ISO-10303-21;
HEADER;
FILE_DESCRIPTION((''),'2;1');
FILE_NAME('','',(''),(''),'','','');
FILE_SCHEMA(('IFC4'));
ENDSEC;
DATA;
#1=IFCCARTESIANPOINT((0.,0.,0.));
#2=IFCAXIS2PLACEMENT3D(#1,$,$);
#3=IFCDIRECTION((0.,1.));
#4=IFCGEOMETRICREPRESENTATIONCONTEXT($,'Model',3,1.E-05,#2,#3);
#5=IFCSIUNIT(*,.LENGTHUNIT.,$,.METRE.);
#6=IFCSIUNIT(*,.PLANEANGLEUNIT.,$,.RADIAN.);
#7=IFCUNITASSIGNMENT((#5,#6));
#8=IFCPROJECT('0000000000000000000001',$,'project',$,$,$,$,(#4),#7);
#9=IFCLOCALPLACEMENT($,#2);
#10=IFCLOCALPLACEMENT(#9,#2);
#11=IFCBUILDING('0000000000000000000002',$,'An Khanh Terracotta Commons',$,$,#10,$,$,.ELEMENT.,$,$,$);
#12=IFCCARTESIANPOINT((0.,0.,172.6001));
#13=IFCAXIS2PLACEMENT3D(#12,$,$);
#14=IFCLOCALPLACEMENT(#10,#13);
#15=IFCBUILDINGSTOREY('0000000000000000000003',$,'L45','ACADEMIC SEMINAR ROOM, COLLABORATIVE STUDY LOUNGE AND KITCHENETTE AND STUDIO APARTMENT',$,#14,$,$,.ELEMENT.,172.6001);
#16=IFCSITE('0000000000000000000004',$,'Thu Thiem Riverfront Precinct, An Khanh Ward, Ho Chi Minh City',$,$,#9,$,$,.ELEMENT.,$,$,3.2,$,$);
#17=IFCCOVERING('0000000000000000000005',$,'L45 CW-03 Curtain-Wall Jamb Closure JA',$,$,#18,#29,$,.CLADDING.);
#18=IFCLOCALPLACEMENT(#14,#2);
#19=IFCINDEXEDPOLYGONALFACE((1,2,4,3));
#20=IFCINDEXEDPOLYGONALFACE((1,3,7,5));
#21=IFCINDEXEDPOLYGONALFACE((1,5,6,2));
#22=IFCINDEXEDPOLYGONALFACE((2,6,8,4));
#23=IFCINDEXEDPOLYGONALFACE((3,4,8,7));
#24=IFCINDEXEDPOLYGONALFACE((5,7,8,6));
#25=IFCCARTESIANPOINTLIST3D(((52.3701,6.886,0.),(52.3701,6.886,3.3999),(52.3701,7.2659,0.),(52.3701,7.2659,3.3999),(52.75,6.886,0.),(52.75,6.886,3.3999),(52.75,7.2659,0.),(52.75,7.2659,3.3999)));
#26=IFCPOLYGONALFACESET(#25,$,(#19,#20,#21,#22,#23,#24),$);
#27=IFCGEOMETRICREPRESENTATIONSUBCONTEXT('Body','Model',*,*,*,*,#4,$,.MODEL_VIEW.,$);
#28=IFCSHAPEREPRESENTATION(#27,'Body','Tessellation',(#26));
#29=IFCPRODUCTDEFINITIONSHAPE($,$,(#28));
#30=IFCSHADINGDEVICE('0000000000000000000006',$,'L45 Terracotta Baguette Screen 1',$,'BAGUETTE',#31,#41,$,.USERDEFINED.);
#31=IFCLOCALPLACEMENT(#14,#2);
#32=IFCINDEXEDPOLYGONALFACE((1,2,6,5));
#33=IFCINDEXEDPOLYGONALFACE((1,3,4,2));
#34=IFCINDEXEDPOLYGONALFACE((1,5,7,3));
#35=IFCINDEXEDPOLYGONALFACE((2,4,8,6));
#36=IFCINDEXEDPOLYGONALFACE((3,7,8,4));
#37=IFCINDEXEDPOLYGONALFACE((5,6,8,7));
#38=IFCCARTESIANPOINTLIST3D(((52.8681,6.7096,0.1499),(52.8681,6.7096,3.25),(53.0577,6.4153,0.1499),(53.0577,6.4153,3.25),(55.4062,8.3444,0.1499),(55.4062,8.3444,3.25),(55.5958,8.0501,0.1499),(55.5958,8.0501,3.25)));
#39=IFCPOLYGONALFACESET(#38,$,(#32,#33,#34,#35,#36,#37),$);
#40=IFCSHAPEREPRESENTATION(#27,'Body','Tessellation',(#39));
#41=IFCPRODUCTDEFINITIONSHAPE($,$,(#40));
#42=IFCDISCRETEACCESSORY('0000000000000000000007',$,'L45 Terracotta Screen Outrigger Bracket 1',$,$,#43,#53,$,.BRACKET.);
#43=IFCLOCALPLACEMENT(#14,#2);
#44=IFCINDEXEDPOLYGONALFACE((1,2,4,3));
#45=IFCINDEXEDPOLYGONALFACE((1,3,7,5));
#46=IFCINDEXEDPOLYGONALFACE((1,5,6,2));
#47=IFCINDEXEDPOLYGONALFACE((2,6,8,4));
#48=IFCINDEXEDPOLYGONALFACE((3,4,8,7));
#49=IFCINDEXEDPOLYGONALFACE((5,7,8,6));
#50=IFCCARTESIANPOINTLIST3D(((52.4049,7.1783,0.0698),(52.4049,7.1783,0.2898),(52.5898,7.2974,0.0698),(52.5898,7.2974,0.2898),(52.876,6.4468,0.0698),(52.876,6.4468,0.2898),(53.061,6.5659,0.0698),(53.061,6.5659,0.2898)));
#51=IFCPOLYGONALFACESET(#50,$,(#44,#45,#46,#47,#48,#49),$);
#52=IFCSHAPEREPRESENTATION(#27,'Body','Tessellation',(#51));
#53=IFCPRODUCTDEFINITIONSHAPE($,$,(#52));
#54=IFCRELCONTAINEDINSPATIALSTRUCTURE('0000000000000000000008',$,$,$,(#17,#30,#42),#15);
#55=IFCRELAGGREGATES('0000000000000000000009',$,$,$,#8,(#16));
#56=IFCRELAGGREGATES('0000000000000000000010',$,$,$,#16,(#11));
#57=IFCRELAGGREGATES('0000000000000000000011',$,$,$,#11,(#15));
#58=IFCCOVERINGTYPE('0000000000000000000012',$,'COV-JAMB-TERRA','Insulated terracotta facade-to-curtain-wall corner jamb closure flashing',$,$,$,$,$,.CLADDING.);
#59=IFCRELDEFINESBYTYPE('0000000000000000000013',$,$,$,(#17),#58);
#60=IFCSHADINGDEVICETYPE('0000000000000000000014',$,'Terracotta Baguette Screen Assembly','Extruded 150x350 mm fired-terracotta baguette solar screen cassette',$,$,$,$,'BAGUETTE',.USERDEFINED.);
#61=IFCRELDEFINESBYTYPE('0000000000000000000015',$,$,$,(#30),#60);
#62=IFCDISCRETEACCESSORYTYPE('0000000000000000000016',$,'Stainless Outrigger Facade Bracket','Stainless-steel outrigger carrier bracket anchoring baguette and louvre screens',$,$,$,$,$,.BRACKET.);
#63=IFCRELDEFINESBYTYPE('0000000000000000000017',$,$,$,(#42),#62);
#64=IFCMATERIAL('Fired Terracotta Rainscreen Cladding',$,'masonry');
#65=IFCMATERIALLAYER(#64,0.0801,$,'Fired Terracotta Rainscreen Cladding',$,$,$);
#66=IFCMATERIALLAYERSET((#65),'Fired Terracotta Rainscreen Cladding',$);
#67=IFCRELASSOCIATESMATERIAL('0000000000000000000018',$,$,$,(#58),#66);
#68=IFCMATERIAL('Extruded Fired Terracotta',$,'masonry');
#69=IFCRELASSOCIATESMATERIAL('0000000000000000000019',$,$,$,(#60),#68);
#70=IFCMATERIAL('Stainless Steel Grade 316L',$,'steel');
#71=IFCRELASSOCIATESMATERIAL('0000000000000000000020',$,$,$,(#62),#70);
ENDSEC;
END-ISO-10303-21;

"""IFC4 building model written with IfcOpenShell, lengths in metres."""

from ifc_helpers import new_model, si_unit, direction, frame, origin, origin_2d, place, context, subcontext, project, spatial, rectangle, extrude, material, layer, layer_set, type_object, element, save


model = new_model("IFC4")

# Units and contexts
model_context = context("Model", 3, precision=1e-05, world=origin(), true_north=direction((0.0, 1.0)))
body_context = subcontext(model_context, "Body", "Model", "MODEL_VIEW")
ifc_project = project(units=[si_unit("LENGTHUNIT", "METRE"), si_unit("PLANEANGLEUNIT", "RADIAN")], contexts=[model_context])

# Site, building, storey
site_placement = place(None, origin())
site = spatial("IfcSite", under=ifc_project, at=site_placement, Name="Thu Thiem Riverfront Precinct, An Khanh Ward, Ho Chi Minh City", CompositionType="ELEMENT", RefElevation=3.2)
building_placement = place(site_placement, origin())
building = spatial("IfcBuilding", under=site, at=building_placement, Name="An Khanh Terracotta Commons", CompositionType="ELEMENT")
storey_placement = place(building_placement, frame((0.0, 0.0, 172.6001)))
storey = spatial("IfcBuildingStorey", under=building, at=storey_placement, Name="L45", Description="ACADEMIC SEMINAR ROOM, COLLABORATIVE STUDY LOUNGE AND KITCHENETTE AND STUDIO APARTMENT", CompositionType="ELEMENT", Elevation=172.6001)

# Covering
ifc_material_1 = material(Name="Fired Terracotta Rainscreen Cladding", Category="masonry")
ifc_layer_1 = layer(ifc_material_1, 0.0801, Name="Fired Terracotta Rainscreen Cladding")
ifc_layer_set_1 = layer_set([ifc_layer_1], Name="Fired Terracotta Rainscreen Cladding")
covering_type = type_object("IfcCoveringType", Name="COV-JAMB-TERRA", Description="Insulated terracotta facade-to-curtain-wall corner jamb closure flashing", PredefinedType="CLADDING", material=ifc_layer_set_1)
covering_placement = place(storey_placement, frame((52.5601, 7.0759, 0.0), z_axis=(0.0, 0.0, 1.0), x_axis=(1.0, 0.0, 0.0)))
element("IfcCovering", 1, at=covering_placement, inside=storey, type_object=covering_type, Name="L45 CW-03 Curtain-Wall Jamb Closure JA", PredefinedType="CLADDING", context=body_context, shape_type="SweptSolid", body=[
    extrude(rectangle(XDim=0.3799, YDim=0.3799, at=origin_2d()), origin(), (0.0, 0.0, 1.0), 3.3999),
])

# Shading device
ifc_material_2 = material(Name="Extruded Fired Terracotta", Category="masonry")
shading_device_type = type_object("IfcShadingDeviceType", Name="Terracotta Baguette Screen Assembly", Description="Extruded 150x350 mm fired-terracotta baguette solar screen cassette", ElementType="BAGUETTE", PredefinedType="USERDEFINED", material=ifc_material_2)
shading_device_placement = place(storey_placement, frame((54.2319, 7.3799, 0.1499), z_axis=(0.0, 0.0, 1.0), x_axis=(0.840702, 0.541498, 0.0)))
element("IfcShadingDevice", 2, at=shading_device_placement, inside=storey, type_object=shading_device_type, Name="L45 Terracotta Baguette Screen 1", ObjectType="BAGUETTE", PredefinedType="USERDEFINED", context=body_context, shape_type="SweptSolid", body=[
    extrude(rectangle(XDim=3.019, YDim=0.3501, at=origin_2d()), origin(), (0.0, 0.0, 1.0), 3.1001),
])

# Discrete accessory
ifc_material_3 = material(Name="Stainless Steel Grade 316L", Category="steel")
discrete_accessory_type = type_object("IfcDiscreteAccessoryType", Name="Stainless Outrigger Facade Bracket", Description="Stainless-steel outrigger carrier bracket anchoring baguette and louvre screens", PredefinedType="BRACKET", material=ifc_material_3)
discrete_accessory_placement = place(storey_placement, frame((52.7329, 6.8721, 0.0698), z_axis=(0.0, 0.0, 1.0), x_axis=(0.840702, 0.541498, 0.0)))
element("IfcDiscreteAccessory", 3, at=discrete_accessory_placement, inside=storey, type_object=discrete_accessory_type, Name="L45 Terracotta Screen Outrigger Bracket 1", PredefinedType="BRACKET", context=body_context, shape_type="SweptSolid", body=[
    extrude(rectangle(XDim=0.22, YDim=0.8701, at=origin_2d()), origin(), (0.0, 0.0, 1.0), 0.22),
])

save(model, "model.ifc")
